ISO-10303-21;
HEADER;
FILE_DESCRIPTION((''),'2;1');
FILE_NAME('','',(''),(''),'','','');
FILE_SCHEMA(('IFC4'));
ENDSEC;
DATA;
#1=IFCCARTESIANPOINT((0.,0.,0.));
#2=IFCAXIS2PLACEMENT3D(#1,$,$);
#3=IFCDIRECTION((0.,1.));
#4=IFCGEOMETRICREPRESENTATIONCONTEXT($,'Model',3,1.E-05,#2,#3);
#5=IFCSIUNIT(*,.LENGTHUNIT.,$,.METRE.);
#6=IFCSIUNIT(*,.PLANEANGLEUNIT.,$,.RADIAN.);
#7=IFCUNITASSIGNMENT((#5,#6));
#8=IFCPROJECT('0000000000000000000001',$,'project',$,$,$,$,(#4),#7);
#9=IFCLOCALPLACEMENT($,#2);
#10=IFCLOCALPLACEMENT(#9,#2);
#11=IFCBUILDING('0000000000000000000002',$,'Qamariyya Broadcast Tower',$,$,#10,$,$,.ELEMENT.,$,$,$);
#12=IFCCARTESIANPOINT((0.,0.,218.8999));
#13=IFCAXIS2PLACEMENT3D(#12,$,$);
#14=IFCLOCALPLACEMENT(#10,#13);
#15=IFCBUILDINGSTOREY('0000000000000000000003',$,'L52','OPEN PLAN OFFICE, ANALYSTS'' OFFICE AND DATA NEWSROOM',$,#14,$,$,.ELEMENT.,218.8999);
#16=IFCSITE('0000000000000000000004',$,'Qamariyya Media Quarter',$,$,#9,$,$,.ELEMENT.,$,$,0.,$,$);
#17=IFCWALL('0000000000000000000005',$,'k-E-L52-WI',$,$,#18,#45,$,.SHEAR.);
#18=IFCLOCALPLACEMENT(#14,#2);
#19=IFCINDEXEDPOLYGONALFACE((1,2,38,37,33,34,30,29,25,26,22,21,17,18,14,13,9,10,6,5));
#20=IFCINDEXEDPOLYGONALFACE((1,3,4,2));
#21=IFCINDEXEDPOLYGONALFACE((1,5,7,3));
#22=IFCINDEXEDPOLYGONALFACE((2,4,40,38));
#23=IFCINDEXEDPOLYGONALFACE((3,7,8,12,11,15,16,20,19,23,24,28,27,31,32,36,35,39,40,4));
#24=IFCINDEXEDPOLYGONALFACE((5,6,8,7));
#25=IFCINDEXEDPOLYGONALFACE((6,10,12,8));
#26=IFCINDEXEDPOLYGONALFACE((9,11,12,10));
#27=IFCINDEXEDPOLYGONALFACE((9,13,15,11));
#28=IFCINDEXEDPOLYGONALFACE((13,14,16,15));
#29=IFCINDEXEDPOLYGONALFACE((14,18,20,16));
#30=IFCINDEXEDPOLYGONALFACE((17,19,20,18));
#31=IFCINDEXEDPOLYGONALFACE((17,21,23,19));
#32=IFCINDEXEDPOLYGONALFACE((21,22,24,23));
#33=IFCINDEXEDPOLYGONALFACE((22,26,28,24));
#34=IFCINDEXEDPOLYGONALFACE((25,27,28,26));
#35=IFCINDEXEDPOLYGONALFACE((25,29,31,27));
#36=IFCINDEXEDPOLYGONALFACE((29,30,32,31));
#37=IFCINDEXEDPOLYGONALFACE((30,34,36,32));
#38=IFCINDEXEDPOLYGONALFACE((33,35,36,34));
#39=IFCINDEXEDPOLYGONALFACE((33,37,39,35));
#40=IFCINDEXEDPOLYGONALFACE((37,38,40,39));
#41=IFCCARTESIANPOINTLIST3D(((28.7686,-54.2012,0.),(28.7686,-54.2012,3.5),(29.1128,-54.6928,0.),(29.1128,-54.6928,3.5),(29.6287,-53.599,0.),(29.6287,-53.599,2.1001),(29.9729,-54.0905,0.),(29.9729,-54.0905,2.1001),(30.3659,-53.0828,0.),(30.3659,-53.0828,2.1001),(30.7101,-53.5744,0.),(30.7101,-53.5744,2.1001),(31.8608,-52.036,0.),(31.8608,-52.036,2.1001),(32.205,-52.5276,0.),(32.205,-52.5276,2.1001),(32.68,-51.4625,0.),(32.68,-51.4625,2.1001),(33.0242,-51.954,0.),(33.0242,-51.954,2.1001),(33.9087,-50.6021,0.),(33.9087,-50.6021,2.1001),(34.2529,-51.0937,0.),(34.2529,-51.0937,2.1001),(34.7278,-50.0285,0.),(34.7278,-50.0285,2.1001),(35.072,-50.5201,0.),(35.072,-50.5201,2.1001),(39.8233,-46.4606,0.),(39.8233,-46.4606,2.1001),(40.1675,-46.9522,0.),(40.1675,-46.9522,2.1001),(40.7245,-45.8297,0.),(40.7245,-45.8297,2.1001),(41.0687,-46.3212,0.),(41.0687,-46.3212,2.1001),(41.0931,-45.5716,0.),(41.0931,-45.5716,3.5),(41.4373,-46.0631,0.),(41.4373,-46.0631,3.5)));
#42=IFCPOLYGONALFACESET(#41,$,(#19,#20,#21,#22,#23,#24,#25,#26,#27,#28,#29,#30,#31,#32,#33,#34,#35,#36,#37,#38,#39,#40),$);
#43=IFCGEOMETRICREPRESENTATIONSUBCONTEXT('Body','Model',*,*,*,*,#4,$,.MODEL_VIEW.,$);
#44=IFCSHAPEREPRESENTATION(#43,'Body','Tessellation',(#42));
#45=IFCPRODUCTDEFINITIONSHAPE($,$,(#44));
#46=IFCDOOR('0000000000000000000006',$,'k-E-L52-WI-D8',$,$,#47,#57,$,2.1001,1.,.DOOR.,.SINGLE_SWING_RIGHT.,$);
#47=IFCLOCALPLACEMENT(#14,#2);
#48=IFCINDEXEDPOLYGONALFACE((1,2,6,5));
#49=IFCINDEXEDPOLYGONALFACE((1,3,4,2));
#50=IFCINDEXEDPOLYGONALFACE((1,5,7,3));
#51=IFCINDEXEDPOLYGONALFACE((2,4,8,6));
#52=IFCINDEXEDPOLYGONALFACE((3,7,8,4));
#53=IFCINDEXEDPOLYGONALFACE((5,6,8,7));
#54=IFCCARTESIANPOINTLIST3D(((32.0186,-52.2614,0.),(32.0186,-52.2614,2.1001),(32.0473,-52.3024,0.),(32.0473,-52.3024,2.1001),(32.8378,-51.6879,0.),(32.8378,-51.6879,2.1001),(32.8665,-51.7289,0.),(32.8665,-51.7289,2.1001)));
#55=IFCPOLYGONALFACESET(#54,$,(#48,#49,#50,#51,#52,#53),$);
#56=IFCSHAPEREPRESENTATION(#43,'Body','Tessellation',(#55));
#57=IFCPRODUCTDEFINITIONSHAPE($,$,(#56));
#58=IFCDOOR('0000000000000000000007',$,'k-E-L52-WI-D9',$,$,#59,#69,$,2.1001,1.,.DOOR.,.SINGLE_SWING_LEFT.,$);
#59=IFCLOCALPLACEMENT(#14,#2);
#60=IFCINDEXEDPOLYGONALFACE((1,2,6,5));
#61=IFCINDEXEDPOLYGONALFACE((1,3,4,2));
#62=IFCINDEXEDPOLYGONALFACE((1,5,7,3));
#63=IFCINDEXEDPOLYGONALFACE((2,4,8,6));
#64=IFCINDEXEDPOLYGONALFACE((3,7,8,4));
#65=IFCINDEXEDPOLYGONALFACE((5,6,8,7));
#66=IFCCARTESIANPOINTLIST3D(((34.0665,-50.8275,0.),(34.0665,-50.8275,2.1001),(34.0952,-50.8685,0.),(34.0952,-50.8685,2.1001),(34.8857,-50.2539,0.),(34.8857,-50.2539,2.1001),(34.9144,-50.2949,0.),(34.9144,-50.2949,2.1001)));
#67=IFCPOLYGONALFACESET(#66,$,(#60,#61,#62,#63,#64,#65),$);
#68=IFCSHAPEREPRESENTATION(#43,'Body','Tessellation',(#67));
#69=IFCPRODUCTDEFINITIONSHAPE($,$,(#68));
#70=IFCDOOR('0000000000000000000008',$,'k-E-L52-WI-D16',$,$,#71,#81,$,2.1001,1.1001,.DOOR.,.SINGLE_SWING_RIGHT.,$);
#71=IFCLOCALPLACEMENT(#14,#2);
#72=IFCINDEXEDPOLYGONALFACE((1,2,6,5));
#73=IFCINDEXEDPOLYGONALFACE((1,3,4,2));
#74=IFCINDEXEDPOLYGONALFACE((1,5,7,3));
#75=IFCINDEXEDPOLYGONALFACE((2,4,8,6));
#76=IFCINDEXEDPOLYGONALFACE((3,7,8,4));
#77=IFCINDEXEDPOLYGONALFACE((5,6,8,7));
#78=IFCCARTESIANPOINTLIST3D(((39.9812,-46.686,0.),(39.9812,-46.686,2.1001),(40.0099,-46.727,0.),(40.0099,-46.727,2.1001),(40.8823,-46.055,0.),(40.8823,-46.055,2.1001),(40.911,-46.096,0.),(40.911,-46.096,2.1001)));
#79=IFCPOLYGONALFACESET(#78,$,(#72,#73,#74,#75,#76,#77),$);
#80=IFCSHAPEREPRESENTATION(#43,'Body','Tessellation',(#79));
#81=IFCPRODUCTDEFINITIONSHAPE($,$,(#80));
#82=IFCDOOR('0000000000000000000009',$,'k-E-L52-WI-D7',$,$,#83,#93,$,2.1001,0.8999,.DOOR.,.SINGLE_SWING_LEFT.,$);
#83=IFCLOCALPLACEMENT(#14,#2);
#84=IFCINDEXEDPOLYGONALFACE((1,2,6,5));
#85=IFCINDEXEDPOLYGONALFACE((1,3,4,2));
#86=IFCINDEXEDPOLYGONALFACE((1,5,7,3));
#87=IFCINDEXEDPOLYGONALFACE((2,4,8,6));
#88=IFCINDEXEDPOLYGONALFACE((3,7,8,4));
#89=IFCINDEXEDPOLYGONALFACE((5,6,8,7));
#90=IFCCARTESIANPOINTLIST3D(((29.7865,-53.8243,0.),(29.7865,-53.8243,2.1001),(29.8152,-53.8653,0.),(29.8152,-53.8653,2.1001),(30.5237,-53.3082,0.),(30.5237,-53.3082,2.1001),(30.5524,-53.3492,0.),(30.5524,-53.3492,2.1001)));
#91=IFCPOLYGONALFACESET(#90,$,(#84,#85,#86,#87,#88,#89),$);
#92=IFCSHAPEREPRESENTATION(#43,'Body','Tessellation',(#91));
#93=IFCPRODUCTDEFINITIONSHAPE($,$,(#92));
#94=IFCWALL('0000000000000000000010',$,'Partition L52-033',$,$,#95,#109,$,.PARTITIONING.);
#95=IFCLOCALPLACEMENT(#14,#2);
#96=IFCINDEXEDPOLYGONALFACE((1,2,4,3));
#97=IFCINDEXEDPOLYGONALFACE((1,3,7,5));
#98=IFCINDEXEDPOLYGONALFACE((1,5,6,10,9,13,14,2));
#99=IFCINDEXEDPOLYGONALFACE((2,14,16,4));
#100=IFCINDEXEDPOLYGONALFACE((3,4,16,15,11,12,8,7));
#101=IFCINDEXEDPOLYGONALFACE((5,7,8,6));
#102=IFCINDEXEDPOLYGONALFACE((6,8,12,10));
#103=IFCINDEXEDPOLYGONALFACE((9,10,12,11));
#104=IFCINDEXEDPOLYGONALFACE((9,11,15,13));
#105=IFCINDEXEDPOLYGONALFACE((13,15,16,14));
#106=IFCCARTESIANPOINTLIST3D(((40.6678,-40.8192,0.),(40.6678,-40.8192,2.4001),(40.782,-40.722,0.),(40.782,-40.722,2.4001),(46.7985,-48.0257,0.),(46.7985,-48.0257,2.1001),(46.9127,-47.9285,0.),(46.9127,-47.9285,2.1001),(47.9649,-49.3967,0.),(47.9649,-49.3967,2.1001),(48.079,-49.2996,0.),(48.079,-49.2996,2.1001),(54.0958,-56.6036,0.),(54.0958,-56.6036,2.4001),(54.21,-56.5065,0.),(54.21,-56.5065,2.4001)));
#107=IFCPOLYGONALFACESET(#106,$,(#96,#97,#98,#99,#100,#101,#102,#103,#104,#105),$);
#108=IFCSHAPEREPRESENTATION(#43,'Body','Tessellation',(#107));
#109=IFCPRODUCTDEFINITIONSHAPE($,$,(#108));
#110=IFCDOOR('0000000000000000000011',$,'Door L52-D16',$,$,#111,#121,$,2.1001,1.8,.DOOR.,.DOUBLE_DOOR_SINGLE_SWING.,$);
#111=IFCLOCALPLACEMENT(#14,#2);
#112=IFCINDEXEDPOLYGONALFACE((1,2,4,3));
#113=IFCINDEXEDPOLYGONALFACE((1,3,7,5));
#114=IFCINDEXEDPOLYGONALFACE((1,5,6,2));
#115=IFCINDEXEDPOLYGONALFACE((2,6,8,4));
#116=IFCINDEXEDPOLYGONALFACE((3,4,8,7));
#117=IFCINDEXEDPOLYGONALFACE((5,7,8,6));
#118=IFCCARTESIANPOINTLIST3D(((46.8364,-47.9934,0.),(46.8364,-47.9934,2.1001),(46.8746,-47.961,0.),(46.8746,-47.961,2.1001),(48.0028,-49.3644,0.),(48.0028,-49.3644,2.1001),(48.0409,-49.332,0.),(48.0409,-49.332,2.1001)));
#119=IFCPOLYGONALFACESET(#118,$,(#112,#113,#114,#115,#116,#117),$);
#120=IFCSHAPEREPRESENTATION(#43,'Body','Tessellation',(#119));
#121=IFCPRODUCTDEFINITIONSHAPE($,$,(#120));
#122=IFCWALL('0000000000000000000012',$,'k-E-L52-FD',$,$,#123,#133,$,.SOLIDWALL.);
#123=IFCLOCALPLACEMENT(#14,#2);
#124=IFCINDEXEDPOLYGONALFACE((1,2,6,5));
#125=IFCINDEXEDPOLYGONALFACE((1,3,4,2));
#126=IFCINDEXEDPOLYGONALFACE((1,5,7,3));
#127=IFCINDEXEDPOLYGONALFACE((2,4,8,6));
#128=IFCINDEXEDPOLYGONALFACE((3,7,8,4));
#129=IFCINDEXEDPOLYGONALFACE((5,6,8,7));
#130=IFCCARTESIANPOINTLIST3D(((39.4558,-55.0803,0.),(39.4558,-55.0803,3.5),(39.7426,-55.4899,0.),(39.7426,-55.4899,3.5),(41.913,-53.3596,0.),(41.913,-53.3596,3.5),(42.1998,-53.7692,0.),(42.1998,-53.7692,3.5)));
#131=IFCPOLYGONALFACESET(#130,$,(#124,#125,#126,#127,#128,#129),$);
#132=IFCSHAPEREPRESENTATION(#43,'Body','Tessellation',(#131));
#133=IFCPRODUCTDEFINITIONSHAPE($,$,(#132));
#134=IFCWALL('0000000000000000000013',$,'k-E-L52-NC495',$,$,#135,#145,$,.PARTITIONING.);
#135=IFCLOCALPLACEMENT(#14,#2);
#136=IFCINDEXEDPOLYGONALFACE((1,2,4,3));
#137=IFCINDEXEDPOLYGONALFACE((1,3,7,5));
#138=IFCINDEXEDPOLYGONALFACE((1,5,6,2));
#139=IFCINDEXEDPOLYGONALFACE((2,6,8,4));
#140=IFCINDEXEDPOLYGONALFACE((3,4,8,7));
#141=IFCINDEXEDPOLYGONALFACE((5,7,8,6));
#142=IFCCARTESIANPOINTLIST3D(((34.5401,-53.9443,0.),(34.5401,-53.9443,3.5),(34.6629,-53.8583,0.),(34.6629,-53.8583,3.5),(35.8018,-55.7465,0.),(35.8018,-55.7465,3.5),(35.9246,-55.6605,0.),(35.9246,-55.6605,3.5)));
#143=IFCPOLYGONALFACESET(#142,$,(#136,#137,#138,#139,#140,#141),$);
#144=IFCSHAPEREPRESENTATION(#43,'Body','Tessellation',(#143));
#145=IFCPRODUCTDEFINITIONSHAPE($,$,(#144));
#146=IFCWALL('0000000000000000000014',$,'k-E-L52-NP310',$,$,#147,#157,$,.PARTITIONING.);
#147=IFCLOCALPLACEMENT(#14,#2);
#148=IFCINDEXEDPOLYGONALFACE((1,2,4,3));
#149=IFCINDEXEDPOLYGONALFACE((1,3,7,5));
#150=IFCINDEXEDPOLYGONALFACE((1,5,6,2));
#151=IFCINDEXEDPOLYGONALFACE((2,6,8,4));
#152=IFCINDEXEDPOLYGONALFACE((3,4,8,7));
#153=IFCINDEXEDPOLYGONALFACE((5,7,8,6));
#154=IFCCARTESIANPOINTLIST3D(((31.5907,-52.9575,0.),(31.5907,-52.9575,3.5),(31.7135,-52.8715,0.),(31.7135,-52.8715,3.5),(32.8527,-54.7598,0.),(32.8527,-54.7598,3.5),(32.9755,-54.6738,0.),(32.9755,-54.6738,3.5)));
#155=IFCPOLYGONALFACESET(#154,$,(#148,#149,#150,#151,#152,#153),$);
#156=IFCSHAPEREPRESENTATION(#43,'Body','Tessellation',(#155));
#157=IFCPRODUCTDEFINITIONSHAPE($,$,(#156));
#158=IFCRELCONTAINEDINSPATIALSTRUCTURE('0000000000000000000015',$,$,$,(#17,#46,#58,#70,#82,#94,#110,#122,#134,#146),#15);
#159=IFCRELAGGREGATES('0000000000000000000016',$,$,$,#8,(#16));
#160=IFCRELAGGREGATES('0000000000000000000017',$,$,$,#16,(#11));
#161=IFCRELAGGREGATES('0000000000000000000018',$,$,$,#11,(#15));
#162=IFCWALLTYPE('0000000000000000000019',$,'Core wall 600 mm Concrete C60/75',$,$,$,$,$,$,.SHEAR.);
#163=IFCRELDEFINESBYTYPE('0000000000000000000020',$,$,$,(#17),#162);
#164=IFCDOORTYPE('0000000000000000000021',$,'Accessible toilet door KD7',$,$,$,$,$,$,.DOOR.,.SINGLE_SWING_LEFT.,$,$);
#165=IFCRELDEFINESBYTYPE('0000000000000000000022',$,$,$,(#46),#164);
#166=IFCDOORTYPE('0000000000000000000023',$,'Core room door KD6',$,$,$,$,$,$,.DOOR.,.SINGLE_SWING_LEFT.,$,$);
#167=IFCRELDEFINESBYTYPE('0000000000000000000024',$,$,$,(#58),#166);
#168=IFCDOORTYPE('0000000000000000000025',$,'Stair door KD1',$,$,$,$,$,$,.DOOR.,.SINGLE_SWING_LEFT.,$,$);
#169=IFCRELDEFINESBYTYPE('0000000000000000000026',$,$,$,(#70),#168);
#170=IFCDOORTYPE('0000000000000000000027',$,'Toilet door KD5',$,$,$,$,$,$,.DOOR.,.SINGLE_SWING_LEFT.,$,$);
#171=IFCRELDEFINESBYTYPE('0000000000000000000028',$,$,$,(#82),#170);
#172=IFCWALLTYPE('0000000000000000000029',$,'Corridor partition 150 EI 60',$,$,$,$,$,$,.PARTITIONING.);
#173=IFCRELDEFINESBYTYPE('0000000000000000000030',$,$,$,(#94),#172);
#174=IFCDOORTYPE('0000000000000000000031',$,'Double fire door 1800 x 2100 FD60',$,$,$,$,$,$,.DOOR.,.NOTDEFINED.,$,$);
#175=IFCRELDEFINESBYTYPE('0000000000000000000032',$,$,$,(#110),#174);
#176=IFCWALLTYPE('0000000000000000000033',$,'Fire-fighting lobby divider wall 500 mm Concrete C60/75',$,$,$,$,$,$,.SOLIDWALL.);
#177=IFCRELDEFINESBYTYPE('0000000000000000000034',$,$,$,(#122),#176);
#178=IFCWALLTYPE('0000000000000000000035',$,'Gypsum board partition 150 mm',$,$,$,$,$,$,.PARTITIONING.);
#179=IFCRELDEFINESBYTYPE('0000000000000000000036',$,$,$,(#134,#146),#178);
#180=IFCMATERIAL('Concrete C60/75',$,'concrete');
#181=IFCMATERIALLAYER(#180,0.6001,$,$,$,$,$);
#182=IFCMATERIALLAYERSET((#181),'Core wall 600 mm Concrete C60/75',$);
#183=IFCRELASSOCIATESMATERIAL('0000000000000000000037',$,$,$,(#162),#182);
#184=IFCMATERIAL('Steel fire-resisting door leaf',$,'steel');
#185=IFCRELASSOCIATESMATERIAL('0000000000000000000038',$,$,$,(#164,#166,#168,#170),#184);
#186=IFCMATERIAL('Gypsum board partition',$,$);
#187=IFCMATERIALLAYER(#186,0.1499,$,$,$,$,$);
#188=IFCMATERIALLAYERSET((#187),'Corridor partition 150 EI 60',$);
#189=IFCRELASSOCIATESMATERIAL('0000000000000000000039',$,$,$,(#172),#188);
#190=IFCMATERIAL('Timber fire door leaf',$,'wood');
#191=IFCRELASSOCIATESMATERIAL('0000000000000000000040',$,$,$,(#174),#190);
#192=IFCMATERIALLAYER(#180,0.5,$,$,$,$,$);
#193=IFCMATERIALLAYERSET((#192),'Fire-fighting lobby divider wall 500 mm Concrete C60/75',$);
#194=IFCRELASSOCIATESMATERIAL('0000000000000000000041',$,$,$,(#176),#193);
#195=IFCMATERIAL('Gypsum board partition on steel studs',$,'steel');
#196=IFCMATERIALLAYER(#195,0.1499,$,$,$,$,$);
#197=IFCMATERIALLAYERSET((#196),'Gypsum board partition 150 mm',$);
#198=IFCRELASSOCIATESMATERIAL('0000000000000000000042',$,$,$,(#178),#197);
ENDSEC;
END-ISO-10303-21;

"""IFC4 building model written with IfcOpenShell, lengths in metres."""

from ifc_helpers import new_model, si_unit, direction, frame, frame_2d, origin, place, context, subcontext, project, spatial, rectangle, extrude, material, layer, layer_set, type_object, element, fill, save


model = new_model("IFC4")

# Units and contexts
model_context = context("Model", 3, precision=1e-05, world=origin(), true_north=direction((0.0, 1.0)))
body_context = subcontext(model_context, "Body", "Model", "MODEL_VIEW")
ifc_project = project(units=[si_unit("LENGTHUNIT", "METRE"), si_unit("PLANEANGLEUNIT", "RADIAN")], contexts=[model_context])

# Site, building, storey
site_placement = place(None, origin())
site = spatial("IfcSite", under=ifc_project, at=site_placement, Name="Qamariyya Media Quarter", CompositionType="ELEMENT", RefElevation=0.0)
building_placement = place(site_placement, origin())
building = spatial("IfcBuilding", under=site, at=building_placement, Name="Qamariyya Broadcast Tower", CompositionType="ELEMENT")
storey_placement = place(building_placement, frame((0.0, 0.0, 218.8999)))
storey = spatial("IfcBuildingStorey", under=building, at=storey_placement, Name="L52", Description="OPEN PLAN OFFICE, ANALYSTS' OFFICE AND DATA NEWSROOM", CompositionType="ELEMENT", Elevation=218.8999)

# Shared definitions
ifc_material_1 = material(Name="Concrete C60/75", Category="concrete")

# Wall, openings, doors
ifc_layer_1 = layer(ifc_material_1, 0.6001)
ifc_layer_set_1 = layer_set([ifc_layer_1], Name="Core wall 600 mm Concrete C60/75")
wall_type_1 = type_object("IfcWallType", Name="Core wall 600 mm Concrete C60/75", PredefinedType="SHEAR", material=ifc_layer_set_1)
wall_1_placement = place(storey_placement, frame((28.9407, -54.447, 0.0), z_axis=(0.0, 0.0, 1.0), x_axis=(0.819153, 0.573575, 0.0)))
wall_1 = element("IfcWall", 1, at=wall_1_placement, inside=storey, type_object=wall_type_1, Name="k-E-L52-WI", PredefinedType="SHEAR", context=body_context, shape_type="SweptSolid", body=[
    extrude(rectangle(XDim=15.0454, YDim=0.6001, at=frame_2d((7.5227, 0.0))), origin(), (0.0, 0.0, 1.0), 3.5),
])
opening_1_placement = place(wall_1_placement, frame((1.05, 0.0, 0.0)))
opening_1 = element("IfcOpeningElement", 2, at=opening_1_placement, cuts=wall_1, PredefinedType="OPENING", context=body_context, shape_type="SweptSolid", body=[
    extrude(rectangle(XDim=0.8999, YDim=2.1001, at=frame_2d((0.45, 1.05))), frame((0.0, 0.3101, 0.0), z_axis=(0.0, -1.0, 0.0), x_axis=(1.0, 0.0, 0.0)), (0.0, 0.0, 1.0), 0.6201),
])
opening_2_placement = place(wall_1_placement, frame((3.7749, 0.0, 0.0)))
opening_2 = element("IfcOpeningElement", 3, at=opening_2_placement, cuts=wall_1, PredefinedType="OPENING", context=body_context, shape_type="SweptSolid", body=[
    extrude(rectangle(XDim=1.0, YDim=2.1001, at=frame_2d((0.5, 1.05))), frame((0.0, 0.3101, 0.0), z_axis=(0.0, -1.0, 0.0), x_axis=(1.0, 0.0, 0.0)), (0.0, 0.0, 1.0), 0.6201),
])
opening_3_placement = place(wall_1_placement, frame((6.2749, 0.0, 0.0)))
opening_3 = element("IfcOpeningElement", 4, at=opening_3_placement, cuts=wall_1, PredefinedType="OPENING", context=body_context, shape_type="SweptSolid", body=[
    extrude(rectangle(XDim=1.0, YDim=2.1001, at=frame_2d((0.5, 1.05))), frame((0.0, 0.3101, 0.0), z_axis=(0.0, -1.0, 0.0), x_axis=(1.0, 0.0, 0.0)), (0.0, 0.0, 1.0), 0.6201),
])
opening_4_placement = place(wall_1_placement, frame((13.4954, 0.0, 0.0)))
opening_4 = element("IfcOpeningElement", 5, at=opening_4_placement, cuts=wall_1, PredefinedType="OPENING", context=body_context, shape_type="SweptSolid", body=[
    extrude(rectangle(XDim=1.1001, YDim=2.1001, at=frame_2d((0.55, 1.05))), frame((0.0, 0.3101, 0.0), z_axis=(0.0, -1.0, 0.0), x_axis=(1.0, 0.0, 0.0)), (0.0, 0.0, 1.0), 0.6201),
])
ifc_material_2 = material(Name="Steel fire-resisting door leaf", Category="steel")
door_type_1 = type_object("IfcDoorType", Name="Accessible toilet door KD7", OperationType="SINGLE_SWING_LEFT", PredefinedType="DOOR", material=ifc_material_2)
door_1_placement = place(opening_2_placement, origin())
door_1 = element("IfcDoor", 6, at=door_1_placement, inside=storey, type_object=door_type_1, Name="k-E-L52-WI-D8", OperationType="SINGLE_SWING_RIGHT", OverallHeight=2.1001, OverallWidth=1.0, PredefinedType="DOOR", context=body_context, shape_type="SweptSolid", body=[
    extrude(rectangle(XDim=1.0, YDim=2.1001, at=frame_2d((0.5, 1.05))), frame((0.0, 0.0249, 0.0), z_axis=(0.0, -1.0, 0.0), x_axis=(1.0, 0.0, 0.0)), (0.0, 0.0, 1.0), 0.05),
])
fill(opening_2, door_1)
door_type_2 = type_object("IfcDoorType", Name="Core room door KD6", OperationType="SINGLE_SWING_LEFT", PredefinedType="DOOR", material=ifc_material_2)
door_2_placement = place(opening_3_placement, origin())
door_2 = element("IfcDoor", 7, at=door_2_placement, inside=storey, type_object=door_type_2, Name="k-E-L52-WI-D9", OperationType="SINGLE_SWING_LEFT", OverallHeight=2.1001, OverallWidth=1.0, PredefinedType="DOOR", context=body_context, shape_type="SweptSolid", body=[
    extrude(rectangle(XDim=1.0, YDim=2.1001, at=frame_2d((0.5, 1.05))), frame((0.0, 0.0249, 0.0), z_axis=(0.0, -1.0, 0.0), x_axis=(1.0, 0.0, 0.0)), (0.0, 0.0, 1.0), 0.05),
])
fill(opening_3, door_2)
door_type_3 = type_object("IfcDoorType", Name="Stair door KD1", OperationType="SINGLE_SWING_LEFT", PredefinedType="DOOR", material=ifc_material_2)
door_3_placement = place(opening_4_placement, origin())
door_3 = element("IfcDoor", 8, at=door_3_placement, inside=storey, type_object=door_type_3, Name="k-E-L52-WI-D16", OperationType="SINGLE_SWING_RIGHT", OverallHeight=2.1001, OverallWidth=1.1001, PredefinedType="DOOR", context=body_context, shape_type="SweptSolid", body=[
    extrude(rectangle(XDim=1.1001, YDim=2.1001, at=frame_2d((0.55, 1.05))), frame((0.0, 0.0249, 0.0), z_axis=(0.0, -1.0, 0.0), x_axis=(1.0, 0.0, 0.0)), (0.0, 0.0, 1.0), 0.05),
])
fill(opening_4, door_3)
door_type_4 = type_object("IfcDoorType", Name="Toilet door KD5", OperationType="SINGLE_SWING_LEFT", PredefinedType="DOOR", material=ifc_material_2)
door_4_placement = place(opening_1_placement, origin())
door_4 = element("IfcDoor", 9, at=door_4_placement, inside=storey, type_object=door_type_4, Name="k-E-L52-WI-D7", OperationType="SINGLE_SWING_LEFT", OverallHeight=2.1001, OverallWidth=0.8999, PredefinedType="DOOR", context=body_context, shape_type="SweptSolid", body=[
    extrude(rectangle(XDim=0.8999, YDim=2.1001, at=frame_2d((0.45, 1.05))), frame((0.0, 0.0249, 0.0), z_axis=(0.0, -1.0, 0.0), x_axis=(1.0, 0.0, 0.0)), (0.0, 0.0, 1.0), 0.05),
])
fill(opening_1, door_4)

# Wall, opening, door
ifc_material_3 = material(Name="Gypsum board partition")
ifc_layer_2 = layer(ifc_material_3, 0.1499)
ifc_layer_set_2 = layer_set([ifc_layer_2], Name="Corridor partition 150 EI 60")
wall_type_2 = type_object("IfcWallType", Name="Corridor partition 150 EI 60", PredefinedType="PARTITIONING", material=ifc_layer_set_2)
wall_2_placement = place(storey_placement, frame((40.7249, -40.7705, 0.0), z_axis=(0.0, 0.0, 1.0), x_axis=(0.647963, -0.761672, 0.0)))
wall_2 = element("IfcWall", 10, at=wall_2_placement, inside=storey, type_object=wall_type_2, Name="Partition L52-033", PredefinedType="PARTITIONING", context=body_context, shape_type="SweptSolid", body=[
    extrude(rectangle(XDim=20.7234, YDim=0.1499, at=frame_2d((10.3618, 0.0))), origin(), (0.0, 0.0, 1.0), 2.4001),
])
opening_5_placement = place(wall_2_placement, frame((9.4617, 0.0, 0.0)))
opening_5 = element("IfcOpeningElement", 11, at=opening_5_placement, cuts=wall_2, PredefinedType="OPENING", context=body_context, shape_type="SweptSolid", body=[
    extrude(rectangle(XDim=1.8, YDim=2.1001, at=frame_2d((0.8999, 1.05))), frame((0.0, 0.085, 0.0), z_axis=(0.0, -1.0, 0.0), x_axis=(1.0, 0.0, 0.0)), (0.0, 0.0, 1.0), 0.1699),
])
ifc_material_4 = material(Name="Timber fire door leaf", Category="wood")
door_type_5 = type_object("IfcDoorType", Name="Double fire door 1800 x 2100 FD60", OperationType="NOTDEFINED", PredefinedType="DOOR", material=ifc_material_4)
door_5_placement = place(opening_5_placement, origin())
door_5 = element("IfcDoor", 12, at=door_5_placement, inside=storey, type_object=door_type_5, Name="Door L52-D16", OperationType="DOUBLE_DOOR_SINGLE_SWING", OverallHeight=2.1001, OverallWidth=1.8, PredefinedType="DOOR", context=body_context, shape_type="SweptSolid", body=[
    extrude(rectangle(XDim=1.8, YDim=2.1001, at=frame_2d((0.8999, 1.05))), frame((0.0, 0.0249, 0.0), z_axis=(0.0, -1.0, 0.0), x_axis=(1.0, 0.0, 0.0)), (0.0, 0.0, 1.0), 0.05),
])
fill(opening_5, door_5)

# Walls
ifc_layer_3 = layer(ifc_material_1, 0.5)
ifc_layer_set_3 = layer_set([ifc_layer_3], Name="Fire-fighting lobby divider wall 500 mm Concrete C60/75")
wall_type_3 = type_object("IfcWallType", Name="Fire-fighting lobby divider wall 500 mm Concrete C60/75", PredefinedType="SOLIDWALL", material=ifc_layer_set_3)
wall_3_placement = place(storey_placement, frame((39.5991, -55.2852, 0.0), z_axis=(0.0, 0.0, 1.0), x_axis=(0.819136, 0.573599, 0.0)))
element("IfcWall", 13, at=wall_3_placement, inside=storey, type_object=wall_type_3, Name="k-E-L52-FD", PredefinedType="SOLIDWALL", context=body_context, shape_type="SweptSolid", body=[
    extrude(rectangle(XDim=2.9998, YDim=0.5, at=frame_2d((1.5, 0.0))), origin(), (0.0, 0.0, 1.0), 3.5),
])
ifc_material_5 = material(Name="Gypsum board partition on steel studs", Category="steel")
ifc_layer_4 = layer(ifc_material_5, 0.1499)
ifc_layer_set_4 = layer_set([ifc_layer_4], Name="Gypsum board partition 150 mm")
wall_type_4 = type_object("IfcWallType", Name="Gypsum board partition 150 mm", PredefinedType="PARTITIONING", material=ifc_layer_set_4)
wall_4_placement = place(storey_placement, frame((35.8633, -55.7036, 0.0), z_axis=(0.0, 0.0, 1.0), x_axis=(-0.573507, 0.819201, 0.0)))
element("IfcWall", 14, at=wall_4_placement, inside=storey, type_object=wall_type_4, Name="k-E-L52-NC495", PredefinedType="PARTITIONING", context=body_context, shape_type="SweptSolid", body=[
    extrude(rectangle(XDim=2.2, YDim=0.1499, at=frame_2d((1.1001, 0.0))), origin(), (0.0, 0.0, 1.0), 3.5),
])
wall_5_placement = place(storey_placement, frame((32.9141, -54.7168, 0.0), z_axis=(0.0, 0.0, 1.0), x_axis=(-0.573581, 0.819149, 0.0)))
element("IfcWall", 15, at=wall_5_placement, inside=storey, type_object=wall_type_4, Name="k-E-L52-NP310", PredefinedType="PARTITIONING", context=body_context, shape_type="SweptSolid", body=[
    extrude(rectangle(XDim=2.2002, YDim=0.1499, at=frame_2d((1.1001, 0.0))), origin(), (0.0, 0.0, 1.0), 3.5),
])

save(model, "model.ifc")
